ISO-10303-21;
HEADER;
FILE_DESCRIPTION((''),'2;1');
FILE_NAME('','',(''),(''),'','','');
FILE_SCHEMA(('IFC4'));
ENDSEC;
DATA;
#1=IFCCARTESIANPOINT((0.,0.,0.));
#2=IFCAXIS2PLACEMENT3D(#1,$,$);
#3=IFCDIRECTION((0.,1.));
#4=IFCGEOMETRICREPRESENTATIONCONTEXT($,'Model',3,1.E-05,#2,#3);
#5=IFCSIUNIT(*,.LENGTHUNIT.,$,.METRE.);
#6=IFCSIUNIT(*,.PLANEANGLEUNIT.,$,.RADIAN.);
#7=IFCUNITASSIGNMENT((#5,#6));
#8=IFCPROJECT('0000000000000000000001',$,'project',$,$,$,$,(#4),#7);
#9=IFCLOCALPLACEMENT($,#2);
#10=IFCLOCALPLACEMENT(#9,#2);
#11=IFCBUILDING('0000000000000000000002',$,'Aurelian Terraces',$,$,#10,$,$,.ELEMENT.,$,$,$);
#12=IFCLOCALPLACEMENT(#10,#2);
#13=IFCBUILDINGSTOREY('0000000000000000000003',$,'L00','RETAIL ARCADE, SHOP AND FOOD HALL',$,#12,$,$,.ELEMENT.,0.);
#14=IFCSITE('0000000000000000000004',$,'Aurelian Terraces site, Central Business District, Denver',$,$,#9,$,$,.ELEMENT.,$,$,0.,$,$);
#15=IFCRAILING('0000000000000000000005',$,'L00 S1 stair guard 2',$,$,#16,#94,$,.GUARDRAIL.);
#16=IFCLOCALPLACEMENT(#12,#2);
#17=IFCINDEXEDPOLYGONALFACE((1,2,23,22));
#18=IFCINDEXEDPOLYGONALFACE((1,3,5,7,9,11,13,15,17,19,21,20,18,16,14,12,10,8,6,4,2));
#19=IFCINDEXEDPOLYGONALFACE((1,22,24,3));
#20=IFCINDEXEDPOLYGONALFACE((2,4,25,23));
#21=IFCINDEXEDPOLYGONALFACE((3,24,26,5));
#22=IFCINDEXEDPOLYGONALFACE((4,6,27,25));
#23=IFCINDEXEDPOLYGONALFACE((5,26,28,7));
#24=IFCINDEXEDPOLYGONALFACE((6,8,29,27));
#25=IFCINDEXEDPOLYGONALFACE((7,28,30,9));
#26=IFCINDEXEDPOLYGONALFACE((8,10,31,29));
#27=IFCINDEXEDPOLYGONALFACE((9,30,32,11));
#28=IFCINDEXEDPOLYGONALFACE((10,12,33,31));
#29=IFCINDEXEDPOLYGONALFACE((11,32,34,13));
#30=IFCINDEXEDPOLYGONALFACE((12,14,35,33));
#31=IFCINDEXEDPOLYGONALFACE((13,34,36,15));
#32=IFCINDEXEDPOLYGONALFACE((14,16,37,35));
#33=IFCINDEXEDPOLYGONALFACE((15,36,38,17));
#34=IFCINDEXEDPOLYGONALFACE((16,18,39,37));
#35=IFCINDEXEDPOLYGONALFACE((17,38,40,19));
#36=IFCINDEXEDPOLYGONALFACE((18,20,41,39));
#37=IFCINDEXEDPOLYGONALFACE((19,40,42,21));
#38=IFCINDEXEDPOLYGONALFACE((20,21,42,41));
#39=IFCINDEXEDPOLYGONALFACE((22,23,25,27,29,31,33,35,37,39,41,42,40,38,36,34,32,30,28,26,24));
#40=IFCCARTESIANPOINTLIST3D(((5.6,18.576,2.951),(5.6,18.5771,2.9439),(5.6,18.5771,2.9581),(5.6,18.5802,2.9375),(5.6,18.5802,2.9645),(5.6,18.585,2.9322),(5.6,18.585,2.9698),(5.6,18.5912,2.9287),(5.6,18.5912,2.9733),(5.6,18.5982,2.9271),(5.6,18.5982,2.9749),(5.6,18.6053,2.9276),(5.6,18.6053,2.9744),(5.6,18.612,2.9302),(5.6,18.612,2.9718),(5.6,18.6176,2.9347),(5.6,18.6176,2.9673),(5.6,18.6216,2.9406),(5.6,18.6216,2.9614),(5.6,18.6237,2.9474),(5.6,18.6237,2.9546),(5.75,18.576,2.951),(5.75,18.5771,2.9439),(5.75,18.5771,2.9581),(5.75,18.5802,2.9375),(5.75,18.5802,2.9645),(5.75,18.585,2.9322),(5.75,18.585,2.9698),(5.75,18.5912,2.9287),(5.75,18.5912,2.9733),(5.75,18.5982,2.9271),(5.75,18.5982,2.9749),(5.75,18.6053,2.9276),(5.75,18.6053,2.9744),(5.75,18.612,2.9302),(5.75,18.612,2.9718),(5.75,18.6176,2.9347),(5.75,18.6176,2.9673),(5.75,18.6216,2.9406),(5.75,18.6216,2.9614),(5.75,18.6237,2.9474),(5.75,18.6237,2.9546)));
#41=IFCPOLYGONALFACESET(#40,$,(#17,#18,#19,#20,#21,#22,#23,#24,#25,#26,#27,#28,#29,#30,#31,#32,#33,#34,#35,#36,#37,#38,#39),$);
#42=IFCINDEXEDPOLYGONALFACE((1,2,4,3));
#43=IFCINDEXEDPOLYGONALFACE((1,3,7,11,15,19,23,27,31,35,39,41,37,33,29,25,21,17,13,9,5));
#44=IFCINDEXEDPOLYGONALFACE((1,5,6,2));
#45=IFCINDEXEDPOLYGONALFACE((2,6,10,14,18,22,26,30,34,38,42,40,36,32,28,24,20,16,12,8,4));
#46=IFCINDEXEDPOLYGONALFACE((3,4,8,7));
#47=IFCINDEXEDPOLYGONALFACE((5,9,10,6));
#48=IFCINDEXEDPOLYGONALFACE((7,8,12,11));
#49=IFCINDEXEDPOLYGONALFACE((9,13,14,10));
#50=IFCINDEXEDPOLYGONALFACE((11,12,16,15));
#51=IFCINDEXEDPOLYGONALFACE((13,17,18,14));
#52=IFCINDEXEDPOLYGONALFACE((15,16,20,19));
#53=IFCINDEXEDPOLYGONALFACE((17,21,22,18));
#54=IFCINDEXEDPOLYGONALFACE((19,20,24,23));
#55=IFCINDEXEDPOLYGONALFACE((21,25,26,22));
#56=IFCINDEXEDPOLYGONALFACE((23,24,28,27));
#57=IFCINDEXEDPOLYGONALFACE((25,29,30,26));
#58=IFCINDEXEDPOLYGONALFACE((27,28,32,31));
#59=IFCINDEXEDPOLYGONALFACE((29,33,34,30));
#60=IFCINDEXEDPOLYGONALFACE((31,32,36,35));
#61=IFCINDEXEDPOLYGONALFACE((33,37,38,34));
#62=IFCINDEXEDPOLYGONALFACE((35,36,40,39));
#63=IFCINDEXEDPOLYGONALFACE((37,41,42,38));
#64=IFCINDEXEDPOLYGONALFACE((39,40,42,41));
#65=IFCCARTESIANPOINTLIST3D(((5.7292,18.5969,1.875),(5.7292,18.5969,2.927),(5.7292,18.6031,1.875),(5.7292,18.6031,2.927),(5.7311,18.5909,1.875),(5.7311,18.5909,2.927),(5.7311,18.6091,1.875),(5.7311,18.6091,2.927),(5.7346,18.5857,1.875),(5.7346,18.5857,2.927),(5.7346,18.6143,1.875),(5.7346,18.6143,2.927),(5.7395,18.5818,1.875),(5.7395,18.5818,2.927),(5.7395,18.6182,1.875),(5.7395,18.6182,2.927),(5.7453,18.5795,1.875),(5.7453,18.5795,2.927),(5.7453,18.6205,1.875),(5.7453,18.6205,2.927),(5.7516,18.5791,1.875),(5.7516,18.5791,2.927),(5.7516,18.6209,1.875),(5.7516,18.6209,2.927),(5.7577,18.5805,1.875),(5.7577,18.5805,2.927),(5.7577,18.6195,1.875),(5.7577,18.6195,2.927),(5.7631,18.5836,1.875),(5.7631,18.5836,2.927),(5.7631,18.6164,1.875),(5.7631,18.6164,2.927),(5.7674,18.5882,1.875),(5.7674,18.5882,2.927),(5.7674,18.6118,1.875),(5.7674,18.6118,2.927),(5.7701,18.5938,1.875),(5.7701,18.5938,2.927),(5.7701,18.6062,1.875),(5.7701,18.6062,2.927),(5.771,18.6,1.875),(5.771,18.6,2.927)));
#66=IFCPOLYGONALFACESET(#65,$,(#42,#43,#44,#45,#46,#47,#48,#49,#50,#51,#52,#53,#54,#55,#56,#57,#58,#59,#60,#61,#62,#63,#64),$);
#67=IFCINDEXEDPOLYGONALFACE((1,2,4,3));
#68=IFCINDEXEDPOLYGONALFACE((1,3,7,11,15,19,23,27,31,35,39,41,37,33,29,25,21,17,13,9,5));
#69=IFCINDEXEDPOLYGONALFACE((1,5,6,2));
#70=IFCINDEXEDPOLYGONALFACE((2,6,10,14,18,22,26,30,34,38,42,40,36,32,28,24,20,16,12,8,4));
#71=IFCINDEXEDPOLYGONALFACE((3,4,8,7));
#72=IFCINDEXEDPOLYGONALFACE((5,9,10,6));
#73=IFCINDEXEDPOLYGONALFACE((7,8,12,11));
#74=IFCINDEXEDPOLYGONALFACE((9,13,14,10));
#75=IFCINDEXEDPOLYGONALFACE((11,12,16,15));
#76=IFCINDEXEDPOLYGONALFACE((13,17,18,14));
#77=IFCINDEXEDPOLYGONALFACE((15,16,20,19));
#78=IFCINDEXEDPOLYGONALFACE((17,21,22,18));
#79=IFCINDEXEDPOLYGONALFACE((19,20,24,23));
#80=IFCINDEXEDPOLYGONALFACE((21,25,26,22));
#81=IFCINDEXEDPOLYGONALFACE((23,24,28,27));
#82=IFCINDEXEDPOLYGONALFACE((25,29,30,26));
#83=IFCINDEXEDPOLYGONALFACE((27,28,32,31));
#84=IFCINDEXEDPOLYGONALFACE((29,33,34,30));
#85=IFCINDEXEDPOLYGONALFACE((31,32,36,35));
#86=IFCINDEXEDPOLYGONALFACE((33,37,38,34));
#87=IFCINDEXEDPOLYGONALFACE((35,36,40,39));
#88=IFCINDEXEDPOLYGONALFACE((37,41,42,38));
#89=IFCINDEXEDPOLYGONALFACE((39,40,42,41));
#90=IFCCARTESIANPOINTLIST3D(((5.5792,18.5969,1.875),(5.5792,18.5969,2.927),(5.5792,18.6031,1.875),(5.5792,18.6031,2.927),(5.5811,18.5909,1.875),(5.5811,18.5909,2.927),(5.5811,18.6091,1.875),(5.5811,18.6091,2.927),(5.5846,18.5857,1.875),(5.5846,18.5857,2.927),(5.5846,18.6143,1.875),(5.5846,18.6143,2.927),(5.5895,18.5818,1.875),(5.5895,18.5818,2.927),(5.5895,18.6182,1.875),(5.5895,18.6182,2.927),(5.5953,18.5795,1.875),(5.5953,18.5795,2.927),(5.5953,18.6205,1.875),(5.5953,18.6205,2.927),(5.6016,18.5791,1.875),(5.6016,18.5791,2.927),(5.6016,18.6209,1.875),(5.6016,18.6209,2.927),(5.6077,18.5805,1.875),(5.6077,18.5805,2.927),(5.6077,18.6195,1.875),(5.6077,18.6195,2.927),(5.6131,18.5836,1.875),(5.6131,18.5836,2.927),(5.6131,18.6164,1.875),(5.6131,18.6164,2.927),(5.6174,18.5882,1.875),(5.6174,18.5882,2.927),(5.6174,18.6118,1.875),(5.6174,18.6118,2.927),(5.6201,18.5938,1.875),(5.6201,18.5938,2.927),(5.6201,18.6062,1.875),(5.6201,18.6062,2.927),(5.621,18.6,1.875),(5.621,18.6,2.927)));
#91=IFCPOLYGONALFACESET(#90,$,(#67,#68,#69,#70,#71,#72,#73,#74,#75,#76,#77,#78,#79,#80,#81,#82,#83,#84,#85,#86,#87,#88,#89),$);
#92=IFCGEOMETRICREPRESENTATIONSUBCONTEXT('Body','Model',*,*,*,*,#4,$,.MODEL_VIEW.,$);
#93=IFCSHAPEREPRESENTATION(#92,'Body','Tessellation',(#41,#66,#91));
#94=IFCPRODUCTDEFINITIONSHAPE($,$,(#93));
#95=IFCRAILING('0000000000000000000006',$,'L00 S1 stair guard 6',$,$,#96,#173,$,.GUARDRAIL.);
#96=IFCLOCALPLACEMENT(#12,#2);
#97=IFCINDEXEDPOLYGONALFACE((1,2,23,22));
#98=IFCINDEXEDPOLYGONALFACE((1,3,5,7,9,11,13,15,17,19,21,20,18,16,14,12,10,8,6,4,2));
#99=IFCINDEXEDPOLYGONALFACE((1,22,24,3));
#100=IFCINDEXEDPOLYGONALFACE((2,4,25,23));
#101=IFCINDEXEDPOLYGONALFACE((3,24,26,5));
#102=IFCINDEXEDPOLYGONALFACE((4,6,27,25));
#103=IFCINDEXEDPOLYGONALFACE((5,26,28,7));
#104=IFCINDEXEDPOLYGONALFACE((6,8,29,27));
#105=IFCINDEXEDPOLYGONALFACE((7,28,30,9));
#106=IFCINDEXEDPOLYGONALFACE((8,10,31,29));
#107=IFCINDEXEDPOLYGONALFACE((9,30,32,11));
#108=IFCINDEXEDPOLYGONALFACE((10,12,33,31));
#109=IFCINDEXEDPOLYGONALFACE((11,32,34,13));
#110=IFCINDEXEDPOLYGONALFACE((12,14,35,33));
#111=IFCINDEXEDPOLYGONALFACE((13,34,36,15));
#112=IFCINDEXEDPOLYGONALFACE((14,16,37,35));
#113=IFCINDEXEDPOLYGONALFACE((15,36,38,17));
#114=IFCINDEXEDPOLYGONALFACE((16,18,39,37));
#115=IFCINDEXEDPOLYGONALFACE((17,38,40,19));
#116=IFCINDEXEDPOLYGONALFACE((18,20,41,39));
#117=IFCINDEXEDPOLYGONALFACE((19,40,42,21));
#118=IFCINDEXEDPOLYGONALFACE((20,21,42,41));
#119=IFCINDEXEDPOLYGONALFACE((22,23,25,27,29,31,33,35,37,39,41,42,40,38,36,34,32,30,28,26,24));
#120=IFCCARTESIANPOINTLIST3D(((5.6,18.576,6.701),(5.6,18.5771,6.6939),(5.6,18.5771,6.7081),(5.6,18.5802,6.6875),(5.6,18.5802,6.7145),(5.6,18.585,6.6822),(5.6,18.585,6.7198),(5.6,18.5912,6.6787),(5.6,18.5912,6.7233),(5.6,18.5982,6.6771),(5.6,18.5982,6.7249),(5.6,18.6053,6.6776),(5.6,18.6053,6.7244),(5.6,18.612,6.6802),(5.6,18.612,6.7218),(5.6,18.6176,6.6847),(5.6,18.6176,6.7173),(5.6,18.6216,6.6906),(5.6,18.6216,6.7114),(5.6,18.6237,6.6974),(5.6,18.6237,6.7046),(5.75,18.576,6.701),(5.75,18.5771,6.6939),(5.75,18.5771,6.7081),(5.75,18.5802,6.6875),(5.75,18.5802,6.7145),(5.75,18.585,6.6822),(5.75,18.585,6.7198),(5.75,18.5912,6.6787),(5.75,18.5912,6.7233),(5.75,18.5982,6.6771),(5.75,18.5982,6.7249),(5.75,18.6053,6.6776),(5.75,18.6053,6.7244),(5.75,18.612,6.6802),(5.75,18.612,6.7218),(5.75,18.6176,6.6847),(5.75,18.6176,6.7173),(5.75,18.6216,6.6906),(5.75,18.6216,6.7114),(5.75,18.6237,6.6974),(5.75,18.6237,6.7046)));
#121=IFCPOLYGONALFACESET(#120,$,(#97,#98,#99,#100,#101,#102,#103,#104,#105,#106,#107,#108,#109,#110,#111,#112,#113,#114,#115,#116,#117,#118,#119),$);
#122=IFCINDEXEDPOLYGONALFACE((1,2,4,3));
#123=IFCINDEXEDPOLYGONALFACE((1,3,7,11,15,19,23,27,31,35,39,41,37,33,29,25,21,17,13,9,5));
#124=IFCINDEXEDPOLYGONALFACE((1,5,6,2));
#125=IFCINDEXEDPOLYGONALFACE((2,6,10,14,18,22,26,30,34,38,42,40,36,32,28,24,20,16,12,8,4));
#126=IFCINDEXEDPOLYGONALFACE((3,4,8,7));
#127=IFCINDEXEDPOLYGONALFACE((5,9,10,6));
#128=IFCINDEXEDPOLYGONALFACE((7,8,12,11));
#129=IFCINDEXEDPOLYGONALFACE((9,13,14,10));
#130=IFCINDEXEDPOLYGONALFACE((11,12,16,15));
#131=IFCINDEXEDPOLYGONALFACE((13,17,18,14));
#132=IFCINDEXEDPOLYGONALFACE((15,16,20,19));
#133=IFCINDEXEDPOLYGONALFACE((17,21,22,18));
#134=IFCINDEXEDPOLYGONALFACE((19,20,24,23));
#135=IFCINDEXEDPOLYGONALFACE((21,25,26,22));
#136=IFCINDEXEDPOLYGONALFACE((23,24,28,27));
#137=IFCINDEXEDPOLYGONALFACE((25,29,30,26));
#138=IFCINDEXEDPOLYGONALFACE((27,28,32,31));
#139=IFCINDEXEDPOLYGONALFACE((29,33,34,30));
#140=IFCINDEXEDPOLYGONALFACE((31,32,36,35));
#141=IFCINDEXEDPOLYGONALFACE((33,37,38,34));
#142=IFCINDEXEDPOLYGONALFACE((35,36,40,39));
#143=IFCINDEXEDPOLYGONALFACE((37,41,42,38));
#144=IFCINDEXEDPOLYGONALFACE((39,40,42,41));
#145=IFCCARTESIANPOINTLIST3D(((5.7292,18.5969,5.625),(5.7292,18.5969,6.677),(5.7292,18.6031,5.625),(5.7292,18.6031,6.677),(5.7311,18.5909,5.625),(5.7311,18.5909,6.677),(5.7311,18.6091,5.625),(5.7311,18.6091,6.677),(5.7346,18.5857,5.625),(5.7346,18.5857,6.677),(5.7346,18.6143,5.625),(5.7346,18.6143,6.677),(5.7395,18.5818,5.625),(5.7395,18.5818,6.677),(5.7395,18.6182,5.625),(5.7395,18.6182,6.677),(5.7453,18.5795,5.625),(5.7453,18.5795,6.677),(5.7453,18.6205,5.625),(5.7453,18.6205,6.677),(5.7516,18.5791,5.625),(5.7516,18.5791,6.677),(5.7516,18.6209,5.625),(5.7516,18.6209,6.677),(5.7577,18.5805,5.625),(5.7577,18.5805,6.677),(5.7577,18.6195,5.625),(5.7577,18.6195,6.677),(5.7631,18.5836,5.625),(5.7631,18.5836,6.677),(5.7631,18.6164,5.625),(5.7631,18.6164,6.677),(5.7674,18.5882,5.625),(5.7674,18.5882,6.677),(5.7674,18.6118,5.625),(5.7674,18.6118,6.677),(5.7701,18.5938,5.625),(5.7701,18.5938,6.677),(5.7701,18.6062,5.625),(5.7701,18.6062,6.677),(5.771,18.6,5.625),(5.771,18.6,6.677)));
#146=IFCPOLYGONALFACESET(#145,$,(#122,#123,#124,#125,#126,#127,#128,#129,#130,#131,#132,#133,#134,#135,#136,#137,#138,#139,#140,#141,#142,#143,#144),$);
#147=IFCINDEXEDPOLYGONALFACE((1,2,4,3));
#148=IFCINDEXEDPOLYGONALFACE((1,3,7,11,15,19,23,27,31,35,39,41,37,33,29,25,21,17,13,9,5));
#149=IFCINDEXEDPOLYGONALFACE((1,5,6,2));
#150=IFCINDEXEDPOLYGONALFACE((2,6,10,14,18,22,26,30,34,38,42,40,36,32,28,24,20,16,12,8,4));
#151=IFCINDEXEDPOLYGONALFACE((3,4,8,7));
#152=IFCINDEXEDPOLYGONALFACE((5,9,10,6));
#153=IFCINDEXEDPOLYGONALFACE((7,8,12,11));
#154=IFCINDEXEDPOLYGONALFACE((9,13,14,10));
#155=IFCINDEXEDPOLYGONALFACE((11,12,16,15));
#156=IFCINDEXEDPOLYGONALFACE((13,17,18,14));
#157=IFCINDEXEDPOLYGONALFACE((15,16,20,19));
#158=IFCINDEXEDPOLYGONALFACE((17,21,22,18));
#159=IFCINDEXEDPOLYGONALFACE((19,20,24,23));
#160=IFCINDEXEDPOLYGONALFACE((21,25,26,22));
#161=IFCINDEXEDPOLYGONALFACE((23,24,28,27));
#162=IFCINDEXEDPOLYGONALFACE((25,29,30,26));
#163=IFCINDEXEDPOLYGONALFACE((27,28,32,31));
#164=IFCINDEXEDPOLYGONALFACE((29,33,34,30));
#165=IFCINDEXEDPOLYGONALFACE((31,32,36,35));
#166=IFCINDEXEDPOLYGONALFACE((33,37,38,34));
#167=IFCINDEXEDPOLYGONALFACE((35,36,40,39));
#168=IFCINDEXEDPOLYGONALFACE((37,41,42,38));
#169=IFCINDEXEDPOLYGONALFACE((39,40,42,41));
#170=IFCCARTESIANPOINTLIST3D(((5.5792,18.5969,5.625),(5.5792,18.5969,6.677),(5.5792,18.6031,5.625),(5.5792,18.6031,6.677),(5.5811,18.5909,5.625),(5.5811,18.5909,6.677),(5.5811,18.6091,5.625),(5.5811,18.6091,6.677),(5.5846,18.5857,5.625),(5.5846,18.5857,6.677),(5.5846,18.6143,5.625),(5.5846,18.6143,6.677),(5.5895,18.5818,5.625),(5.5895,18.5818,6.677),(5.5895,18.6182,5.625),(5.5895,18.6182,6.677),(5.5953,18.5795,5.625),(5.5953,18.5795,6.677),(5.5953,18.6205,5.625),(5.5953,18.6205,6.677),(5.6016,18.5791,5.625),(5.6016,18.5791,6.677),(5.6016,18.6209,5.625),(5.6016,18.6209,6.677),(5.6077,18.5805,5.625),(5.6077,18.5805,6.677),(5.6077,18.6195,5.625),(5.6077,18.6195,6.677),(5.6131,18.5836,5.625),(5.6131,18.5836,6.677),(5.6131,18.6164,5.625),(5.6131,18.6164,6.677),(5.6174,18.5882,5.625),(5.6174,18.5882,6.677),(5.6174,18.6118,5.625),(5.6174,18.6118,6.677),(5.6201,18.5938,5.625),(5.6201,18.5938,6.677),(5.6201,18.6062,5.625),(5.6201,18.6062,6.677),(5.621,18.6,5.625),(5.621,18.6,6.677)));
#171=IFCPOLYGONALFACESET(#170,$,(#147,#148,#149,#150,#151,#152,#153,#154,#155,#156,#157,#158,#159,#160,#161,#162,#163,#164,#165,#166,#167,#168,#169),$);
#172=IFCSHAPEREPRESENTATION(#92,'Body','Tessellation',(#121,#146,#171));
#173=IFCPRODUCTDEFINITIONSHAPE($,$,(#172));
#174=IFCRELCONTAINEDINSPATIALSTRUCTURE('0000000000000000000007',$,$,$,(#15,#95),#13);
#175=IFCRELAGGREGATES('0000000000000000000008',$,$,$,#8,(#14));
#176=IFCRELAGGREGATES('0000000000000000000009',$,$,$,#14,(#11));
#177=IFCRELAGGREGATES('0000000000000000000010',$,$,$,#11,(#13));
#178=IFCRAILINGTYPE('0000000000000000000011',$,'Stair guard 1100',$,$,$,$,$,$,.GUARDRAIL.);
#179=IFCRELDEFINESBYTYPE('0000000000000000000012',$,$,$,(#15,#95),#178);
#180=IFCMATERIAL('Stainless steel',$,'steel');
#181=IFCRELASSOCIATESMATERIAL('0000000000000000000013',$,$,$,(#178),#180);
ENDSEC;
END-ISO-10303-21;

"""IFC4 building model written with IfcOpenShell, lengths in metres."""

from ifc_helpers import new_model, si_unit, direction, frame, origin, origin_2d, place, context, subcontext, project, spatial, circle, extrude, source, transform, mapped, material, type_object, element, save


model = new_model("IFC4")

# Units and contexts
model_context = context("Model", 3, precision=1e-05, world=origin(), true_north=direction((0.0, 1.0)))
body_context = subcontext(model_context, "Body", "Model", "MODEL_VIEW")
ifc_project = project(units=[si_unit("LENGTHUNIT", "METRE"), si_unit("PLANEANGLEUNIT", "RADIAN")], contexts=[model_context])

# Site, building, storey
site_placement = place(None, origin())
site = spatial("IfcSite", under=ifc_project, at=site_placement, Name="Aurelian Terraces site, Central Business District, Denver", CompositionType="ELEMENT", RefElevation=0.0)
building_placement = place(site_placement, origin())
building = spatial("IfcBuilding", under=site, at=building_placement, Name="Aurelian Terraces", CompositionType="ELEMENT")
storey_placement = place(building_placement, origin())
storey = spatial("IfcBuildingStorey", under=building, at=storey_placement, Name="L00", Description="RETAIL ARCADE, SHOP AND FOOD HALL", CompositionType="ELEMENT", Elevation=0.0)

# Railings
ifc_material_1 = material(Name="Stainless steel", Category="steel")
railing_type_1 = type_object("IfcRailingType", Name="Stair guard 1100", PredefinedType="GUARDRAIL", material=ifc_material_1)
shared_shape_1 = source(origin(), body_context, "Body", "SweptSolid", [
    extrude(circle(Radius=0.024, at=origin_2d()), frame((0.0, 0.0, 1.076), z_axis=(-1.0, 0.0, 0.0), x_axis=(0.0, -1.0, 0.0)), (0.0, 0.0, 1.0), 0.15),
    extrude(circle(Radius=0.021, at=origin_2d()), origin(), (0.0, 0.0, 1.0), 1.052),
    extrude(circle(Radius=0.021, at=origin_2d()), frame((-0.15, 0.0, 0.0)), (0.0, 0.0, 1.0), 1.052),
])
for number, where, name in (
    (1, (5.75, 18.6, 1.875), "L00 S1 stair guard 2"),
    (2, (5.75, 18.6, 5.625), "L00 S1 stair guard 6"),
):
    element("IfcRailing", number, at=place(storey_placement, frame(where)), inside=storey, type_object=railing_type_1, Name=name, PredefinedType="GUARDRAIL", context=body_context, shape_type="MappedRepresentation", body=[
        mapped(shared_shape_1, transform((0.0, 0.0, 0.0), scale=1.0)),
    ])

save(model, "model.ifc")
